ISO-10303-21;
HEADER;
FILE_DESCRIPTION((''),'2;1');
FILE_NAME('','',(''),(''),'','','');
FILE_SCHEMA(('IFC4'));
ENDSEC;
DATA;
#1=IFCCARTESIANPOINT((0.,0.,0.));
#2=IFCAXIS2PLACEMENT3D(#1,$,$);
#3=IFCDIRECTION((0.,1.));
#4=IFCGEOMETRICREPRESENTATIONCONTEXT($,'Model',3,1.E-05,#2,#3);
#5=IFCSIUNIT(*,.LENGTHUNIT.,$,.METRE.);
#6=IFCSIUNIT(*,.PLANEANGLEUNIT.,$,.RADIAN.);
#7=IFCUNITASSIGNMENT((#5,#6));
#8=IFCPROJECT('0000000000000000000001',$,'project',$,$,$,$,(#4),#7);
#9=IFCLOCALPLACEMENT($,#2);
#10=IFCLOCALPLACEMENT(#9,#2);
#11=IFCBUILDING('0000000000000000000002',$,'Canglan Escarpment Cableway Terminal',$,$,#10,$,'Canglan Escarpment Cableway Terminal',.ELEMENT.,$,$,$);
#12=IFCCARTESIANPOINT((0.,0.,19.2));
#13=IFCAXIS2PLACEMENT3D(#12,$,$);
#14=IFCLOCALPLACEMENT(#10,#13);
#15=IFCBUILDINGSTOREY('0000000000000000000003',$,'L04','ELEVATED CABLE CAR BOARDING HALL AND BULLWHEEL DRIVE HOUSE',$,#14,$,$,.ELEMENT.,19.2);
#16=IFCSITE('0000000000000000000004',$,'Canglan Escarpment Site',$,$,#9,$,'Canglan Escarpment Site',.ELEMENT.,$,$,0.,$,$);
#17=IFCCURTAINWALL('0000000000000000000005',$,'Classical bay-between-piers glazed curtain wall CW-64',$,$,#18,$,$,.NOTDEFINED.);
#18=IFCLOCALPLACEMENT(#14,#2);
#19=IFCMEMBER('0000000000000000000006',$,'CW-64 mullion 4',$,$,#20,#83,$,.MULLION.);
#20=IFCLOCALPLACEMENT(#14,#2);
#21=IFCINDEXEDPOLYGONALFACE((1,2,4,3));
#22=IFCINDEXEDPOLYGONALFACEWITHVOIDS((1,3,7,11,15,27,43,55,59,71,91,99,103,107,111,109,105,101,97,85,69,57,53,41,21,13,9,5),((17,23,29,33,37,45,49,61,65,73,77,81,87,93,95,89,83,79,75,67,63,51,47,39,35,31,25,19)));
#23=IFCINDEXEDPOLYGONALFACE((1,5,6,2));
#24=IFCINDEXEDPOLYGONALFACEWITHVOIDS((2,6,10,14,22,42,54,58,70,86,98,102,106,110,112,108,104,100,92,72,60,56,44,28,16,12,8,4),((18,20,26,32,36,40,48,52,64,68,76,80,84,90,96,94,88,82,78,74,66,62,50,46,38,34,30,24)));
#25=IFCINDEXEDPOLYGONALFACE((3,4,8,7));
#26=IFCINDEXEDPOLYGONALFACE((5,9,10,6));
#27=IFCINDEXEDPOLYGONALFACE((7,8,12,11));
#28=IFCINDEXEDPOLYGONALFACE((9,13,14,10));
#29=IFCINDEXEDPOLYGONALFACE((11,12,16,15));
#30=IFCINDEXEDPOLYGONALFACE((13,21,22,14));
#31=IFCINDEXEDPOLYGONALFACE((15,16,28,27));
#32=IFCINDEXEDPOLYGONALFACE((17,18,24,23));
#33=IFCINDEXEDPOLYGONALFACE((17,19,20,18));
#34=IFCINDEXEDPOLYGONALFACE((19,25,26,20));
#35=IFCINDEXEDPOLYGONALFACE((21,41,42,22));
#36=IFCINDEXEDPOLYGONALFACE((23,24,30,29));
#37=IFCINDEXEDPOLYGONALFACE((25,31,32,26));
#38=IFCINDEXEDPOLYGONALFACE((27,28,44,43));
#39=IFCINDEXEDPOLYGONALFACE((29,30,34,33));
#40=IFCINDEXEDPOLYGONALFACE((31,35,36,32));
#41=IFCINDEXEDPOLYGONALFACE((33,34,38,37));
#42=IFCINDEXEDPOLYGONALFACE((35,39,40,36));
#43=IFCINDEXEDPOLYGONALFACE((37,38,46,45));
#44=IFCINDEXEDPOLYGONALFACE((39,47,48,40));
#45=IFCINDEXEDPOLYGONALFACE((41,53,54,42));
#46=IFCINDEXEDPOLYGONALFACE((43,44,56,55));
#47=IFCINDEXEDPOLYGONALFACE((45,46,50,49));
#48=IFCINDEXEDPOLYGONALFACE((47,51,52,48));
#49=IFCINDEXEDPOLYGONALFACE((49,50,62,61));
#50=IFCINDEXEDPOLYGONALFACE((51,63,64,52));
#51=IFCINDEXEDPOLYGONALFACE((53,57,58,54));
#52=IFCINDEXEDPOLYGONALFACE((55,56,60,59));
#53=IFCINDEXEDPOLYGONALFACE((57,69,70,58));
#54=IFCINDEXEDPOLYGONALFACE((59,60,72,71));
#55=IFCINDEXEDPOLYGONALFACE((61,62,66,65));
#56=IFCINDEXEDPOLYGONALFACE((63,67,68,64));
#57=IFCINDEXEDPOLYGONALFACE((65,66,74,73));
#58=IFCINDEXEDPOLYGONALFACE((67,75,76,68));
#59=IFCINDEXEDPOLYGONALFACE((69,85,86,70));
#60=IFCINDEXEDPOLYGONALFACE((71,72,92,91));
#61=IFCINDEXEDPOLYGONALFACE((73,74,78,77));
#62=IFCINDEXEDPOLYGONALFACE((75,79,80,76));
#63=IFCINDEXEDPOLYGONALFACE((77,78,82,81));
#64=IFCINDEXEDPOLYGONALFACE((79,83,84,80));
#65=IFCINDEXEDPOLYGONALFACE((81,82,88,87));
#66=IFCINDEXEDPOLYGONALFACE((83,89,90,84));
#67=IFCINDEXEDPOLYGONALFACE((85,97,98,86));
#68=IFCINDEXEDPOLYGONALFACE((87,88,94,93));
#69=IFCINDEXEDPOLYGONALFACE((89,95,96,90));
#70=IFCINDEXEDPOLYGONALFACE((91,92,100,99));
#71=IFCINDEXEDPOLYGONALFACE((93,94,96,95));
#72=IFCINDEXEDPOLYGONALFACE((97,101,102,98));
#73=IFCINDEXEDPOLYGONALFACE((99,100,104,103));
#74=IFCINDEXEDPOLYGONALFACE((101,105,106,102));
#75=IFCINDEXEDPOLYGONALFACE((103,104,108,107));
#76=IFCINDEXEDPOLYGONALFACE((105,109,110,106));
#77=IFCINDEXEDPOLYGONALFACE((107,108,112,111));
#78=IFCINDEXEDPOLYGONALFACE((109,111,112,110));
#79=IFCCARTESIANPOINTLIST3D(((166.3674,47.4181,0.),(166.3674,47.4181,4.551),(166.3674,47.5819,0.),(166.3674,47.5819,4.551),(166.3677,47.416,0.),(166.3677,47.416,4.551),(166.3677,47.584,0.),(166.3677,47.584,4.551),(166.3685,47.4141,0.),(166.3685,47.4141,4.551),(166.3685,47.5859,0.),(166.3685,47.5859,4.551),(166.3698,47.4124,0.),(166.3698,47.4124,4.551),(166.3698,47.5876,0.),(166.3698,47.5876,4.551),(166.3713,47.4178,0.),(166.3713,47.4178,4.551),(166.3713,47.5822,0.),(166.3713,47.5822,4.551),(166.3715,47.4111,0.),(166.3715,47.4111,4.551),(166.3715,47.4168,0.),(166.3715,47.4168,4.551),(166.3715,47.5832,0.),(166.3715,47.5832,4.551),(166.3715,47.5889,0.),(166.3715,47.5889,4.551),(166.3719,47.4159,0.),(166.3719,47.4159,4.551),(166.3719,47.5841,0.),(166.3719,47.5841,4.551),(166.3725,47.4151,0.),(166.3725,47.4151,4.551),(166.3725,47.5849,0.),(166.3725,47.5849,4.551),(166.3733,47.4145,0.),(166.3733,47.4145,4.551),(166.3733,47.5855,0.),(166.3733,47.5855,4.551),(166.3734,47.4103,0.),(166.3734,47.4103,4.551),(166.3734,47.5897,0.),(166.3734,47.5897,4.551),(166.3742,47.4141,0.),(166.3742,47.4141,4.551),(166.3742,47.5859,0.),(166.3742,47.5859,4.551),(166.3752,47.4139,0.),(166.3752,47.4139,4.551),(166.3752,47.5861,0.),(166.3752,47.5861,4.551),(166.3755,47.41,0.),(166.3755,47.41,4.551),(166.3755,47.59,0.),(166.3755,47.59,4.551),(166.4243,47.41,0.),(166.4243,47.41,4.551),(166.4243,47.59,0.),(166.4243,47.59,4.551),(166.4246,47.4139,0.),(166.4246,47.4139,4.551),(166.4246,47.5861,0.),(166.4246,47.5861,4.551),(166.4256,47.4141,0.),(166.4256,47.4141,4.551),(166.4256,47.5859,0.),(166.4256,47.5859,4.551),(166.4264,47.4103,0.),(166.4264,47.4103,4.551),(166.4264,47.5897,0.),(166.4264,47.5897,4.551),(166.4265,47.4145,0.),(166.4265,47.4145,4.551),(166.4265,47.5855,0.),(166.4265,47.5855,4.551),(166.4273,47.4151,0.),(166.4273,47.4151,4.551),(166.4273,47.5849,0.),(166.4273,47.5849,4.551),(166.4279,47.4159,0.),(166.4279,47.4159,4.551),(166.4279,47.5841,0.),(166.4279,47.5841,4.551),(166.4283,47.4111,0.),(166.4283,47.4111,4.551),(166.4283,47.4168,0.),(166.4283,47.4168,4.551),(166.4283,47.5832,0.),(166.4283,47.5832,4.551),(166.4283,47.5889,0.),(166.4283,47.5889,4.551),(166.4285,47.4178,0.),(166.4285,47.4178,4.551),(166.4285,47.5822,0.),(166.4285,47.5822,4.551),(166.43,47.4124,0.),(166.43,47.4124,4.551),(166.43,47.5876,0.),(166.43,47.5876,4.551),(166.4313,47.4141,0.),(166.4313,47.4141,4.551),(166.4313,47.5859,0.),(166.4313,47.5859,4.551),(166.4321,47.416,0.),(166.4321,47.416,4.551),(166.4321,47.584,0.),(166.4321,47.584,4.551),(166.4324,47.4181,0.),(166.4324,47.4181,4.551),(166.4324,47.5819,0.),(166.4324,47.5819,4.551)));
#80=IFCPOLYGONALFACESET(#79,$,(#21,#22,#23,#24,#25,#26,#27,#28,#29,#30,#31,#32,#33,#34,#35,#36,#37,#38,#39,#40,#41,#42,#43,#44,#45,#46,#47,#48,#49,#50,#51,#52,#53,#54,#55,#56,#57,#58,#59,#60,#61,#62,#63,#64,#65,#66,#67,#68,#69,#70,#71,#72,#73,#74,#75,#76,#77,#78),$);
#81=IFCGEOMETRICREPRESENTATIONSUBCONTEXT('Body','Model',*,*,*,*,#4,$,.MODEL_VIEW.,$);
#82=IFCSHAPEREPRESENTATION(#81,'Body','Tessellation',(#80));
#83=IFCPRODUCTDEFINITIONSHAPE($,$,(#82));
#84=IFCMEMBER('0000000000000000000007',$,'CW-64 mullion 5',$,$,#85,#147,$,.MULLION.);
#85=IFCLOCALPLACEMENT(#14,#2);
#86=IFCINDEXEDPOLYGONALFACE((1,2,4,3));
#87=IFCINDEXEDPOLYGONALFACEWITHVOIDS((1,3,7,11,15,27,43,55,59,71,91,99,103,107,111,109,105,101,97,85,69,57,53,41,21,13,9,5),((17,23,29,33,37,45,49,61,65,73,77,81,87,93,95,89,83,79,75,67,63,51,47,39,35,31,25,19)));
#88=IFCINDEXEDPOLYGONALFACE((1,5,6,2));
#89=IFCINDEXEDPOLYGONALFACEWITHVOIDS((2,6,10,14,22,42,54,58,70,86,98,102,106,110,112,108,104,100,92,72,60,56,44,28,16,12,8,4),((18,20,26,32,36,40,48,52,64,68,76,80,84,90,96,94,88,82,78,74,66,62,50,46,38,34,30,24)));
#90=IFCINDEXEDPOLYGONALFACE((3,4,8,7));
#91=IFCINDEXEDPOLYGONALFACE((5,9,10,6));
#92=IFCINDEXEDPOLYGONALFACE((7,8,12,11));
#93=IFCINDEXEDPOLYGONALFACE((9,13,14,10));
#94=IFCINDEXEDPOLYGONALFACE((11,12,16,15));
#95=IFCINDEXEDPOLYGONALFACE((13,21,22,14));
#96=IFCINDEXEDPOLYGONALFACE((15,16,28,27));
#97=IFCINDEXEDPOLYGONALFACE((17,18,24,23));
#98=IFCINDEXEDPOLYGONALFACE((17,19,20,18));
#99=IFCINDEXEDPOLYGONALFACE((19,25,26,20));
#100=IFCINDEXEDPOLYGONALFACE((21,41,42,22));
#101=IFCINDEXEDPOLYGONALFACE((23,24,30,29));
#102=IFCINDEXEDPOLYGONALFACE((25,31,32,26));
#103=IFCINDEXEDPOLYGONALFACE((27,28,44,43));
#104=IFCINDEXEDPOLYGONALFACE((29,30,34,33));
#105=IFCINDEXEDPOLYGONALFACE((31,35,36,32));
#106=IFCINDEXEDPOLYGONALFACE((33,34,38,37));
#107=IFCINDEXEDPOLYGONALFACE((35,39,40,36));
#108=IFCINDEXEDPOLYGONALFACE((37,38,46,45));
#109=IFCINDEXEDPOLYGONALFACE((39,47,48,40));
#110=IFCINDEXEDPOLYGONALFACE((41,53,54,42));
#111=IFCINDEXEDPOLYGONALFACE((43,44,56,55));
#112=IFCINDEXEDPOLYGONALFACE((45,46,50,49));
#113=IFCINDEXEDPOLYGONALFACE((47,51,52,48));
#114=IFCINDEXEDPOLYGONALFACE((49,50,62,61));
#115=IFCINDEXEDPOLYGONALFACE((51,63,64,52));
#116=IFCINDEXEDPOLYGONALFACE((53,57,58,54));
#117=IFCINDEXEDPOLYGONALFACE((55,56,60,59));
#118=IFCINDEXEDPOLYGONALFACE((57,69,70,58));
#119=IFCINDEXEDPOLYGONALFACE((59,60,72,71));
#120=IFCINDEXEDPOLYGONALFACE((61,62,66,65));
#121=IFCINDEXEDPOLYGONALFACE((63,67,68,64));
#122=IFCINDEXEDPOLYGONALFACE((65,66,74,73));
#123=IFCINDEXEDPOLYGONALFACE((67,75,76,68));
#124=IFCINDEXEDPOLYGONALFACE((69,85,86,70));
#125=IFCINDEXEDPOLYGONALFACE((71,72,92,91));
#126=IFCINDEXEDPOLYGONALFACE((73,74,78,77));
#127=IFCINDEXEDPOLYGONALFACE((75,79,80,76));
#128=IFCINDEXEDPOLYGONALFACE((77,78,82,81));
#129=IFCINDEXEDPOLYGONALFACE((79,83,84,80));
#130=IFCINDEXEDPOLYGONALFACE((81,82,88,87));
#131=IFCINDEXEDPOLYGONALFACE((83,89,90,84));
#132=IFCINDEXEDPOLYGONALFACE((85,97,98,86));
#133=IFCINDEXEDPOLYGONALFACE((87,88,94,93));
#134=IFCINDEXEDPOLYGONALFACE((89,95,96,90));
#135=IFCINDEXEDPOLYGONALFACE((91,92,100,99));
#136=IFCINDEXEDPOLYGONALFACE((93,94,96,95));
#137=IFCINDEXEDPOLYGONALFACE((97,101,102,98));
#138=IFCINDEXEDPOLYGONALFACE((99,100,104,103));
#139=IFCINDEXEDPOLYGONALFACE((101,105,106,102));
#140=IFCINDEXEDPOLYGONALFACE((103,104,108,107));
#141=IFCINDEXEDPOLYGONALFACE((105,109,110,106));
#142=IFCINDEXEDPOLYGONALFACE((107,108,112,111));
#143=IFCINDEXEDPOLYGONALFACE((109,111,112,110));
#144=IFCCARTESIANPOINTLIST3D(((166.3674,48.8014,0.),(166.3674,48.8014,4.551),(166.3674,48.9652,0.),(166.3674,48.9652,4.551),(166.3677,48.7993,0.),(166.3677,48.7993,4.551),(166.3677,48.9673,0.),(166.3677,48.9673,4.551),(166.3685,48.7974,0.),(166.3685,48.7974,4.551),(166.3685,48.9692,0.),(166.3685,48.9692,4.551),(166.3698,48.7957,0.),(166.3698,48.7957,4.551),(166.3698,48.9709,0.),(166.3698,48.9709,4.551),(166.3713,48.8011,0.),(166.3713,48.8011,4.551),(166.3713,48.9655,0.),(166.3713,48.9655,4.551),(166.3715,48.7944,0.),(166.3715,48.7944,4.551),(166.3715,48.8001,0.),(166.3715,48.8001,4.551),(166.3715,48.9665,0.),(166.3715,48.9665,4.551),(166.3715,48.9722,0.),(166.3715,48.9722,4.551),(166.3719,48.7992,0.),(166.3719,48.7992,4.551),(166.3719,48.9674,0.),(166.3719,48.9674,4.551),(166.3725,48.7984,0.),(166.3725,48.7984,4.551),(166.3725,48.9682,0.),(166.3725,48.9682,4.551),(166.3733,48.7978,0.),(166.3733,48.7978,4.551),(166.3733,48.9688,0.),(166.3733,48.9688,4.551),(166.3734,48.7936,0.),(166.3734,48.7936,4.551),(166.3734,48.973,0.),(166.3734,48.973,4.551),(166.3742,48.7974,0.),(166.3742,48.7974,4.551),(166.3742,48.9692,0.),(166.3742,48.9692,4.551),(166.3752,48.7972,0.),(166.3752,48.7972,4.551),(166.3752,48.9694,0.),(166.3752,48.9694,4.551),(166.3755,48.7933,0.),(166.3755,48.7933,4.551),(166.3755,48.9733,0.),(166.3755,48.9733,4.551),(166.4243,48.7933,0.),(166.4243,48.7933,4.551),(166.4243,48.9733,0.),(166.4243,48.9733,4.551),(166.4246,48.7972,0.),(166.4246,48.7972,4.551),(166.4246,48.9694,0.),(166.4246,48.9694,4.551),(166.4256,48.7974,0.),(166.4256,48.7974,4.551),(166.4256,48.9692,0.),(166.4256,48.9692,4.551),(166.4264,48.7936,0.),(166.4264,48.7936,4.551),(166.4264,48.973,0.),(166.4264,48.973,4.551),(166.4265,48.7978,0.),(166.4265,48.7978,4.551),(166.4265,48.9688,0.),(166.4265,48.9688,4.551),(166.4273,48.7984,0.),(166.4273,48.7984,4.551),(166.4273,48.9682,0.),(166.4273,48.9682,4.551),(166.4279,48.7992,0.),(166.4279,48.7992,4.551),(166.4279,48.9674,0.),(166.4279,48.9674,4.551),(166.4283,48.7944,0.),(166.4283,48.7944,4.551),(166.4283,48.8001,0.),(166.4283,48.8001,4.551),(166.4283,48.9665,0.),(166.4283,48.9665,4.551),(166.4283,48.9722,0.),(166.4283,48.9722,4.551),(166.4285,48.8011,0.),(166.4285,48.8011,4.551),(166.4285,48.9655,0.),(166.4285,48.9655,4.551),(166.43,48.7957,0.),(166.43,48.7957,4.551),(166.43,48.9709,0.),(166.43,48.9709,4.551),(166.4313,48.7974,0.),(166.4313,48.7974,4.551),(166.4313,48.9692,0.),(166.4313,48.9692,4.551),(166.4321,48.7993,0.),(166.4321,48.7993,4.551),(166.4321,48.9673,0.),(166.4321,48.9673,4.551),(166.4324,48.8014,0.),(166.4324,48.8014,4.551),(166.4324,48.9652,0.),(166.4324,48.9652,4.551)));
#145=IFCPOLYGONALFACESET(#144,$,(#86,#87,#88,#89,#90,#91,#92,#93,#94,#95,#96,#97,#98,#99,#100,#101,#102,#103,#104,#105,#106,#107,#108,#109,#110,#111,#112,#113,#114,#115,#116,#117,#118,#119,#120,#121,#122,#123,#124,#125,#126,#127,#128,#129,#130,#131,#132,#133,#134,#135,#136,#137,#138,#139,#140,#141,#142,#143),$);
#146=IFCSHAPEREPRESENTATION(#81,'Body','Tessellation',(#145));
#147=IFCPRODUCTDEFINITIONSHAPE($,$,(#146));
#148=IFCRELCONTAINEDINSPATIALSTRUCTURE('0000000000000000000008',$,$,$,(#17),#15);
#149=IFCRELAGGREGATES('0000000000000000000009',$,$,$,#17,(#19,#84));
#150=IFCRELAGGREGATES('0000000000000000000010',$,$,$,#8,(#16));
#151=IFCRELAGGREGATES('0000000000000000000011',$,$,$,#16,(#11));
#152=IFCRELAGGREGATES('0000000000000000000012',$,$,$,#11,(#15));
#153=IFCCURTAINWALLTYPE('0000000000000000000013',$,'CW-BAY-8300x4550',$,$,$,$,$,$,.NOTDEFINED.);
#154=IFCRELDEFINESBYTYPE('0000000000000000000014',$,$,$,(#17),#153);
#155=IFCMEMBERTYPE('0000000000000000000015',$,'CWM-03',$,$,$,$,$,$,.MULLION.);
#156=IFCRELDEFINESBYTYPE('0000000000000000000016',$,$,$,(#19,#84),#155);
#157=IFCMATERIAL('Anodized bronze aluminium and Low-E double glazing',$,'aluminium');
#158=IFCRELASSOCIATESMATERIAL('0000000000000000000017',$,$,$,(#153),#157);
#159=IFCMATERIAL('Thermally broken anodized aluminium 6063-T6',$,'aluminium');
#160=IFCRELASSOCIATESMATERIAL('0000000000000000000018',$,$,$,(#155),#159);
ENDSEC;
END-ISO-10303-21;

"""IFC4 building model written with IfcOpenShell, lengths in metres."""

from ifc_helpers import new_model, si_unit, direction, frame, origin, origin_2d, place, context, subcontext, project, spatial, hollow_rectangle, extrude, material, material_profile, profile_set, type_object, element, aggregate, save


model = new_model("IFC4")

# Units and contexts
model_context = context("Model", 3, precision=1e-05, world=origin(), true_north=direction((0.0, 1.0)))
body_context = subcontext(model_context, "Body", "Model", "MODEL_VIEW")
ifc_project = project(units=[si_unit("LENGTHUNIT", "METRE"), si_unit("PLANEANGLEUNIT", "RADIAN")], contexts=[model_context])

# Site, building, storey
site_placement = place(None, origin())
site = spatial("IfcSite", under=ifc_project, at=site_placement, Name="Canglan Escarpment Site", LongName="Canglan Escarpment Site", CompositionType="ELEMENT", RefElevation=0.0)
building_placement = place(site_placement, origin())
building = spatial("IfcBuilding", under=site, at=building_placement, Name="Canglan Escarpment Cableway Terminal", LongName="Canglan Escarpment Cableway Terminal", CompositionType="ELEMENT")
storey_placement = place(building_placement, frame((0.0, 0.0, 19.2)))
storey = spatial("IfcBuildingStorey", under=building, at=storey_placement, Name="L04", Description="ELEVATED CABLE CAR BOARDING HALL AND BULLWHEEL DRIVE HOUSE", CompositionType="ELEMENT", Elevation=19.2)

# Curtain wall, members
ifc_material_1 = material(Name="Anodized bronze aluminium and Low-E double glazing", Category="aluminium")
curtain_wall_type = type_object("IfcCurtainWallType", Name="CW-BAY-8300x4550", PredefinedType="NOTDEFINED", material=ifc_material_1)
curtain_wall_placement = place(storey_placement, origin())
curtain_wall = element("IfcCurtainWall", 1, at=curtain_wall_placement, inside=storey, type_object=curtain_wall_type, Name="Classical bay-between-piers glazed curtain wall CW-64", PredefinedType="NOTDEFINED")
ifc_material_2 = material(Name="Thermally broken anodized aluminium 6063-T6", Category="aluminium")
ifc_material_profile_1 = material_profile(ifc_material_2, hollow_rectangle(XDim=0.0649, YDim=0.1799, WallThickness=0.0039, InnerFilletRadius=0.0039, OuterFilletRadius=0.0081, at=origin_2d()), Name="ALU-MULL 65x180x4")
ifc_profile_set_1 = profile_set([ifc_material_profile_1], Name="Thermally broken anodized aluminium 6063-T6")
member_type_1 = type_object("IfcMemberType", Name="CWM-03", PredefinedType="MULLION", material=ifc_profile_set_1)
member_1_placement = place(storey_placement, frame((166.3999, 47.5, 0.0), z_axis=(0.0, 0.0, 1.0), x_axis=(-1.0, 0.0, 0.0)))
member_1 = element("IfcMember", 2, at=member_1_placement, type_object=member_type_1, Name="CW-64 mullion 4", PredefinedType="MULLION", context=body_context, shape_type="SweptSolid", body=[
    extrude(hollow_rectangle(XDim=0.0649, YDim=0.1799, WallThickness=0.0039, InnerFilletRadius=0.0039, OuterFilletRadius=0.0081, at=origin_2d()), origin(), (0.0, 0.0, 1.0), 4.551),
])
member_2_placement = place(storey_placement, frame((166.3999, 48.8833, 0.0), z_axis=(0.0, 0.0, 1.0), x_axis=(-1.0, 0.0, 0.0)))
member_2 = element("IfcMember", 3, at=member_2_placement, type_object=member_type_1, Name="CW-64 mullion 5", PredefinedType="MULLION", context=body_context, shape_type="SweptSolid", body=[
    extrude(hollow_rectangle(XDim=0.0649, YDim=0.1799, WallThickness=0.0039, InnerFilletRadius=0.0039, OuterFilletRadius=0.0081, at=origin_2d()), origin(), (0.0, 0.0, 1.0), 4.551),
])
aggregate(curtain_wall, [member_1, member_2])

save(model, "model.ifc")
